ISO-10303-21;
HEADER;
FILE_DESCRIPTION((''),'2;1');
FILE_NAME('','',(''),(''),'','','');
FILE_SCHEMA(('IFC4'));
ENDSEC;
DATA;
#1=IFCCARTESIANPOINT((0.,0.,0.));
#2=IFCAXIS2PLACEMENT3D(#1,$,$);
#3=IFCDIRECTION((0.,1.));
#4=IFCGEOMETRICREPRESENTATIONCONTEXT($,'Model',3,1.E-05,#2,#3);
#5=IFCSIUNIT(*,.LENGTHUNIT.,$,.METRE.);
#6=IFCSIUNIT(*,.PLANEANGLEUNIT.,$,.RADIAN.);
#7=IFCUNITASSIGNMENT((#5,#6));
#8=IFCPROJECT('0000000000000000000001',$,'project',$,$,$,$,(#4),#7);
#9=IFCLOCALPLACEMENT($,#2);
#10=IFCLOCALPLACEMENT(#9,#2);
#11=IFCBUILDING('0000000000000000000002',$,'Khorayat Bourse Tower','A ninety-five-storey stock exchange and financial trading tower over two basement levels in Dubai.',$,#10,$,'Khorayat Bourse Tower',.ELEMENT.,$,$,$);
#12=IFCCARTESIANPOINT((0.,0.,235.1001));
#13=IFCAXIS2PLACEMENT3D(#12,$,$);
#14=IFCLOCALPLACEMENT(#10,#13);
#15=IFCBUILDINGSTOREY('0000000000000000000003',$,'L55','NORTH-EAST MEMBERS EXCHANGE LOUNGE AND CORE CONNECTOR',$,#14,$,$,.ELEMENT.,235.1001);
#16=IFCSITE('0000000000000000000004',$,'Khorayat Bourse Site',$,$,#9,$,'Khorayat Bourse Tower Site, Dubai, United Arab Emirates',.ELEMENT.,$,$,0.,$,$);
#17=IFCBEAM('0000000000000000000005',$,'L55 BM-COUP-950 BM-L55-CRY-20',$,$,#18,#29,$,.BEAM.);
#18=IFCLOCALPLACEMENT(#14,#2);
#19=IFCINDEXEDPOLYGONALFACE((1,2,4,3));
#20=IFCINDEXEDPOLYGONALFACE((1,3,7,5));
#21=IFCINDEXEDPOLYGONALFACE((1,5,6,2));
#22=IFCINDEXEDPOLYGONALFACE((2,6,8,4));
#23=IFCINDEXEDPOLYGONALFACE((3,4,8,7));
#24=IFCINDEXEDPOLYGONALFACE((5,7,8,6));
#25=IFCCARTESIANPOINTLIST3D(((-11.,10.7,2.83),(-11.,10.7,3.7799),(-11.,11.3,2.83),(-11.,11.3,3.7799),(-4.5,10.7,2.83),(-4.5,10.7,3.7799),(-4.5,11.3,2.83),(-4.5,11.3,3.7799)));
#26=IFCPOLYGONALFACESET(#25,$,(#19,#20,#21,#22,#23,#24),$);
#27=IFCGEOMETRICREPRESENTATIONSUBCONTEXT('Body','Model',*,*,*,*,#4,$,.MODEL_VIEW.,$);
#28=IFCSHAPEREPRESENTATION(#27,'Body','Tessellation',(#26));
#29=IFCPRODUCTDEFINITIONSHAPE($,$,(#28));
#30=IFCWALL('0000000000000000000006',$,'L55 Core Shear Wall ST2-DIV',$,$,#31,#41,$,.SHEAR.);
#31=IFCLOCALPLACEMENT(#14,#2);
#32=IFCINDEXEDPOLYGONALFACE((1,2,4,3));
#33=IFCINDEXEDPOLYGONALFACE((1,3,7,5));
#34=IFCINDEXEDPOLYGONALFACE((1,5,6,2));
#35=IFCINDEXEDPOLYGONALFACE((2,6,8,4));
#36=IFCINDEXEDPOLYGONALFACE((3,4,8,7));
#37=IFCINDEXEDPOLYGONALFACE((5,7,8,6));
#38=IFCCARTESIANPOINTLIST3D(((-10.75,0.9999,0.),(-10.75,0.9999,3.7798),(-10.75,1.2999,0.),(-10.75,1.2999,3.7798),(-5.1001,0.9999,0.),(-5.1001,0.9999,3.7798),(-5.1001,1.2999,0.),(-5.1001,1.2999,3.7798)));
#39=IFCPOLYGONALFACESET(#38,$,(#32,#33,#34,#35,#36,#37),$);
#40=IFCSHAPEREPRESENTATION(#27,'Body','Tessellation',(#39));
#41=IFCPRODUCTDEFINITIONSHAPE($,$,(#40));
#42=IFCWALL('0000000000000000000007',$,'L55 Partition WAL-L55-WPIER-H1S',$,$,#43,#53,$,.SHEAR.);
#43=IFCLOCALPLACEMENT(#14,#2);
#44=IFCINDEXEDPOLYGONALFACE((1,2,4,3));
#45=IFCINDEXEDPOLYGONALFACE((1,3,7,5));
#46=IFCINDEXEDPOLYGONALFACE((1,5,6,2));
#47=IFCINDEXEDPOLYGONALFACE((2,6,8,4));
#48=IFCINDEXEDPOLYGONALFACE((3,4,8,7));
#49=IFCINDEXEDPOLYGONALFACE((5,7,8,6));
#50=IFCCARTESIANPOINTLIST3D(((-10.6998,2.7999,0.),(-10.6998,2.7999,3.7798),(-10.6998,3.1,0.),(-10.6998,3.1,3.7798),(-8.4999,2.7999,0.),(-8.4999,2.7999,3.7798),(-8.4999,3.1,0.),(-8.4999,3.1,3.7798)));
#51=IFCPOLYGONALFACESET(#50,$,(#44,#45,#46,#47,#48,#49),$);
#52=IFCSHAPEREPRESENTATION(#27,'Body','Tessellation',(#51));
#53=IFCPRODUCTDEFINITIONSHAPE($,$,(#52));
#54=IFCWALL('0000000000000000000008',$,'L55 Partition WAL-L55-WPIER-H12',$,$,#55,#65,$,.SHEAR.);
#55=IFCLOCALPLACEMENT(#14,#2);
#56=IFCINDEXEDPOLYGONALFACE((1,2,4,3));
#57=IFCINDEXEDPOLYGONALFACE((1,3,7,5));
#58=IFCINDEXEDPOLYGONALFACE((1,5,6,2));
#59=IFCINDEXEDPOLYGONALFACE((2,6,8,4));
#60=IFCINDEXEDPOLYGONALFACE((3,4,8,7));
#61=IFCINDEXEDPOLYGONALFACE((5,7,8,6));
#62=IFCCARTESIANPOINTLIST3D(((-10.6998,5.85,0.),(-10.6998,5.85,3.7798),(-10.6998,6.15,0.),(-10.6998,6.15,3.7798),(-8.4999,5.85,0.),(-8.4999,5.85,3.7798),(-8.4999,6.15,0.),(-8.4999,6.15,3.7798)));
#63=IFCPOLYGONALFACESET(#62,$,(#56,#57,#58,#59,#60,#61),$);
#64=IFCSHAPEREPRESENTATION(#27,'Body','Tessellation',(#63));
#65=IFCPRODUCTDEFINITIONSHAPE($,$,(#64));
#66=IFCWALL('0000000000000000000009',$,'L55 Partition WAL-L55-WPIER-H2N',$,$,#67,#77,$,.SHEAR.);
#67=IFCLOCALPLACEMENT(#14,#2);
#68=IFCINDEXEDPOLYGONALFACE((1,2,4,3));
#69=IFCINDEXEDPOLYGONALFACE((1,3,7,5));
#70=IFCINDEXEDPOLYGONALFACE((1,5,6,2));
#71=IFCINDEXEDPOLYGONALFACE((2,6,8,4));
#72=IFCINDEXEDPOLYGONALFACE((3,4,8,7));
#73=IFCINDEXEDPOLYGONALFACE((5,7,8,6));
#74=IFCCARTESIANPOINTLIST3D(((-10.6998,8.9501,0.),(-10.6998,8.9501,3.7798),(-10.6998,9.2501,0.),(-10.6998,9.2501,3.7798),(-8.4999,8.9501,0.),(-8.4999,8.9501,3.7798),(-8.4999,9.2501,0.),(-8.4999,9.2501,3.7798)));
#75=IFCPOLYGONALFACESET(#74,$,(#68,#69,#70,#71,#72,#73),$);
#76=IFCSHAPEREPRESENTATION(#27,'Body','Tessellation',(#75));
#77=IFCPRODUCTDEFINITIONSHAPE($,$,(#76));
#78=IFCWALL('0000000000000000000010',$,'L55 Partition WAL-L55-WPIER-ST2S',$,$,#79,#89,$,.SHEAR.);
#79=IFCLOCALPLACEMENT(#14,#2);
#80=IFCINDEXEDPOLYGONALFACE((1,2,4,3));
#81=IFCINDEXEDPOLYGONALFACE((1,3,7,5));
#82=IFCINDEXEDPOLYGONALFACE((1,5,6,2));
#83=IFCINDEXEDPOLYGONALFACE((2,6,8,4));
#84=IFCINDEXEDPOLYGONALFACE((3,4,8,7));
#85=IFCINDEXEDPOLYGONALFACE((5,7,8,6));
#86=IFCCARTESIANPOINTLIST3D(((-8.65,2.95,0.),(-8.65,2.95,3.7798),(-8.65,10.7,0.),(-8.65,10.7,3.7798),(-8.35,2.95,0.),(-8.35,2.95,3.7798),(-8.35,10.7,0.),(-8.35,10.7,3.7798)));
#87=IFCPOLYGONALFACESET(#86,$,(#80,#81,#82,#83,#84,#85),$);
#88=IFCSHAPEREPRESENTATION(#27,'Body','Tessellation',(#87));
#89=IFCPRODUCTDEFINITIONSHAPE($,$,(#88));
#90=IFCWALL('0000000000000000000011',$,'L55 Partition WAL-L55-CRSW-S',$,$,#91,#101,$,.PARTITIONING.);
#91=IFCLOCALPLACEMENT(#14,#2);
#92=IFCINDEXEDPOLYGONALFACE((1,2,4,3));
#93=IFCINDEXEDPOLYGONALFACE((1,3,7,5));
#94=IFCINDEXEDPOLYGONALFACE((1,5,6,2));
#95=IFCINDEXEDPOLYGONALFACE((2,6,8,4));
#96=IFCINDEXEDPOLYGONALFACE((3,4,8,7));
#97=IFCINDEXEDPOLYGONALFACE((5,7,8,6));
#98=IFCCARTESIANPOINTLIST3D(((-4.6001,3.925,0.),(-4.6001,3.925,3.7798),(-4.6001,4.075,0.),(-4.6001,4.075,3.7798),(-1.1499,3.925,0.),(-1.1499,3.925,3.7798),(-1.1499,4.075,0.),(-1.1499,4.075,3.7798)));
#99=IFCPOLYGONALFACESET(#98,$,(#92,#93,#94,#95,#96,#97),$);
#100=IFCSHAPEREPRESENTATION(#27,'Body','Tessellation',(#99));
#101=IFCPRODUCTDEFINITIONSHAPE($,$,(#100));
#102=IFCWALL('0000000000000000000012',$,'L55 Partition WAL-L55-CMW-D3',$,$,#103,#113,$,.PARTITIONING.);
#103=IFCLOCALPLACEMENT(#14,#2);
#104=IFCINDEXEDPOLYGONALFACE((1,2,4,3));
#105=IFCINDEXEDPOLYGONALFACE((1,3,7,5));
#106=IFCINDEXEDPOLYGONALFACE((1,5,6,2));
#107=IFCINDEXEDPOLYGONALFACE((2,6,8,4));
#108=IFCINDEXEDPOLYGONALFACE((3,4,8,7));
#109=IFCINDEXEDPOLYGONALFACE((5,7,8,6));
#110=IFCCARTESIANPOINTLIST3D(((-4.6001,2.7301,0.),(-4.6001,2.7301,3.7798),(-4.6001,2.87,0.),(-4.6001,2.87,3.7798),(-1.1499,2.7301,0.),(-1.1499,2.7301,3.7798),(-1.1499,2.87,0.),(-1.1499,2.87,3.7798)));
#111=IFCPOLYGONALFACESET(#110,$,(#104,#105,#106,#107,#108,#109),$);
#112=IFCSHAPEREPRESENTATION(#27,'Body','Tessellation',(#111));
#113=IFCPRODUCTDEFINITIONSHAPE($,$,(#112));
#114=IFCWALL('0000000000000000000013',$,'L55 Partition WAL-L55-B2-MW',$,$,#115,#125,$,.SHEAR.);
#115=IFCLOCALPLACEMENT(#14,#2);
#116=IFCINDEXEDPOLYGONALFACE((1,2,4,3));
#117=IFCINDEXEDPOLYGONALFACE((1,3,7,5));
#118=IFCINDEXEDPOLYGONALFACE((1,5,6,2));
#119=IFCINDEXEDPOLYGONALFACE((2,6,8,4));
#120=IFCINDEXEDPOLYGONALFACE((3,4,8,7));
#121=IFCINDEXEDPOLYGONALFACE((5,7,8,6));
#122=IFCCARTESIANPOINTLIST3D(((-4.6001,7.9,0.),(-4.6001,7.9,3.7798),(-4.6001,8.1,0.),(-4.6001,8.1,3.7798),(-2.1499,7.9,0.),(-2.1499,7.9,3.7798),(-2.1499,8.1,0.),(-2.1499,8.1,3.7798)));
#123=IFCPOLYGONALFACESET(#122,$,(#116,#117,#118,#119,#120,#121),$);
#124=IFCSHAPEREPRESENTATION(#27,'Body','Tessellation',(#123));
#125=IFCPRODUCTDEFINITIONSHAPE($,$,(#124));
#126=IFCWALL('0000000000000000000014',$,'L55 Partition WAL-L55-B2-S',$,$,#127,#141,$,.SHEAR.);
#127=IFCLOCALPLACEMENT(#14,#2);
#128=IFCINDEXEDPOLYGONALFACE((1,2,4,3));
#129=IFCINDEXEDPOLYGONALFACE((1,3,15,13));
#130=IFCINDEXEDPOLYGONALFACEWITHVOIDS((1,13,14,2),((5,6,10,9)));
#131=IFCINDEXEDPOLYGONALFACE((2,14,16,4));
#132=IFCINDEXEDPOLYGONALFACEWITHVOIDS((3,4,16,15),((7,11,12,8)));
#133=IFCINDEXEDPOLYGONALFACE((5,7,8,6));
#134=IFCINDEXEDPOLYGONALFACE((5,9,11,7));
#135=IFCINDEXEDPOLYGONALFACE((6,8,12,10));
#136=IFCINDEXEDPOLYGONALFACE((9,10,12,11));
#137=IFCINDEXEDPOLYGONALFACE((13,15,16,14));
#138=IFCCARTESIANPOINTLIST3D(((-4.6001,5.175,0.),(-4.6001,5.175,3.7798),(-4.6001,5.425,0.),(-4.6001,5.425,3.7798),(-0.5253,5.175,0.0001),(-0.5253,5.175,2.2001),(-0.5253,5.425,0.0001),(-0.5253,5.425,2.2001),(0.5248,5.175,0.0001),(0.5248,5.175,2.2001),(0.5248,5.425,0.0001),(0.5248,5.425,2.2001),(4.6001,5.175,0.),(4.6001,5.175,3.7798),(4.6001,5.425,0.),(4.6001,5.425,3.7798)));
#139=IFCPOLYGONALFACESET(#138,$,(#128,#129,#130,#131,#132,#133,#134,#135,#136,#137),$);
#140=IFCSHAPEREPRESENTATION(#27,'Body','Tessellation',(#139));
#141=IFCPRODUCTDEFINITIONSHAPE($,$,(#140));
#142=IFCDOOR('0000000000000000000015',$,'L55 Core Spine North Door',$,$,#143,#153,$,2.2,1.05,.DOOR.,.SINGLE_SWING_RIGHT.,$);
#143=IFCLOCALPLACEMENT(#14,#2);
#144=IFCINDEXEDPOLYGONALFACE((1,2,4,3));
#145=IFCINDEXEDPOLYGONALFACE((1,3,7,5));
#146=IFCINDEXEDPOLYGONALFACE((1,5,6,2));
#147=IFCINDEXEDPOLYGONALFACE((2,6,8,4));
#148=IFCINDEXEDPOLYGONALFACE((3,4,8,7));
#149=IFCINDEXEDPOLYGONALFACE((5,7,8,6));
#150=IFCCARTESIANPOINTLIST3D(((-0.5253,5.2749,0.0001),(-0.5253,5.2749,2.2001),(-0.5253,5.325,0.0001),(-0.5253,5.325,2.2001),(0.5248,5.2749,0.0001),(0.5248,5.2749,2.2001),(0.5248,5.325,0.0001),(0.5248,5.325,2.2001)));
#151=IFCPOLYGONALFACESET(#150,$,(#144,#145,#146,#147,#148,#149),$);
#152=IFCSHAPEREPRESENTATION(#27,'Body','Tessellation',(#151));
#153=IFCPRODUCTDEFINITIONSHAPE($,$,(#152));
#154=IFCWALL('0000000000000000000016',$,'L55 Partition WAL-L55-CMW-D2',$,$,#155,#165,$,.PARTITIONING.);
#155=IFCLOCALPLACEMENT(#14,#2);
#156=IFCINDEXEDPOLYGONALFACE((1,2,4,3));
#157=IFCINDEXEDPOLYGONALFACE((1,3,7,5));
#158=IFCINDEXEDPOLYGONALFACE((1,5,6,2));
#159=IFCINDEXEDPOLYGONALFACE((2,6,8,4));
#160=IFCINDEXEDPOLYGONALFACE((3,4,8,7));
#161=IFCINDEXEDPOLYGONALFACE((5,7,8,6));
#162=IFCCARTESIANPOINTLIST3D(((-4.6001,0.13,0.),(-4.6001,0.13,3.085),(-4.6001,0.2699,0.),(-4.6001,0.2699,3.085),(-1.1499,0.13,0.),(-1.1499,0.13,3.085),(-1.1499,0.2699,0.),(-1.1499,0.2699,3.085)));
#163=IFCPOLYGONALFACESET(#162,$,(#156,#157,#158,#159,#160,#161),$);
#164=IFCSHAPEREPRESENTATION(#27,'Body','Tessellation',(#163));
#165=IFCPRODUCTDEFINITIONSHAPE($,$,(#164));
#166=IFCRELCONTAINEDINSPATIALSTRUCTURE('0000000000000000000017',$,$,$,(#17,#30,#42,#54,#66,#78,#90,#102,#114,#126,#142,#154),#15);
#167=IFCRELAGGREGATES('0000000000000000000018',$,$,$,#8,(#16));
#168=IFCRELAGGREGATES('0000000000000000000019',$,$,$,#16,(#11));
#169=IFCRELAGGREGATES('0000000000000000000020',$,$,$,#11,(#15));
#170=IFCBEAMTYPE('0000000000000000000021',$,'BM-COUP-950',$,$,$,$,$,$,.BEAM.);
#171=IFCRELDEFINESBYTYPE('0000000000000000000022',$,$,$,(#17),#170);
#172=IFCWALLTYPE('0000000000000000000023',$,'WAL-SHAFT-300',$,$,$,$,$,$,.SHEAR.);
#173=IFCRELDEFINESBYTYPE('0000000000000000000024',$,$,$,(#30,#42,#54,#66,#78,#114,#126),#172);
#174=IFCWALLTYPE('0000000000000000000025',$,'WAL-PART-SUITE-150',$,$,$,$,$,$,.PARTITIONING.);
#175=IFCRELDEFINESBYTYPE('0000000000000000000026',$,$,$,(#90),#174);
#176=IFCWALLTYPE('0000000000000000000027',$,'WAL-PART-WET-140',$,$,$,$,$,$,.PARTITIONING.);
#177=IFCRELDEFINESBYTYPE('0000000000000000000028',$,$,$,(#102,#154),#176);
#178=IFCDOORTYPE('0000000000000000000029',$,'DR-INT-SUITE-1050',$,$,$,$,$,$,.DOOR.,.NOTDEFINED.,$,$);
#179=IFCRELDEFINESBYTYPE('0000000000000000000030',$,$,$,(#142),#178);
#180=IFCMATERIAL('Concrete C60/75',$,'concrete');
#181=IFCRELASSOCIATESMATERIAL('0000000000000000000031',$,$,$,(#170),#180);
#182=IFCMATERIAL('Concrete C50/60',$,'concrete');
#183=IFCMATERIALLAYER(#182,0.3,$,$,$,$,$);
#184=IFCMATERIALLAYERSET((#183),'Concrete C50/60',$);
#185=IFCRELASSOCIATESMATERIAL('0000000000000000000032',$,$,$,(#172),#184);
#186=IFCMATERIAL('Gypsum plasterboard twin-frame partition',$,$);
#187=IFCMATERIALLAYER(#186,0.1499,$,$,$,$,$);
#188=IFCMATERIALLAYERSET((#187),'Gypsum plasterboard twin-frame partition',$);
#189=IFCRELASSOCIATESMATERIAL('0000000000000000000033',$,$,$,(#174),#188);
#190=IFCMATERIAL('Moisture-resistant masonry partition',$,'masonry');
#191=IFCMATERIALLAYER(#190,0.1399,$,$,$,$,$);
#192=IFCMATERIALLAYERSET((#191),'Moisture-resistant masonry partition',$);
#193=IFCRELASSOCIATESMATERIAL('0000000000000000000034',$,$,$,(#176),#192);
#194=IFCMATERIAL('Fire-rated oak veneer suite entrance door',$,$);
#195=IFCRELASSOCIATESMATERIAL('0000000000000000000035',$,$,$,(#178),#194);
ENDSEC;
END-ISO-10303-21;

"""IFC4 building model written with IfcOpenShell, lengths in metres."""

from ifc_helpers import new_model, si_unit, direction, frame, frame_2d, origin, origin_2d, place, context, subcontext, project, spatial, rectangle, extrude, source, transform, mapped, material, layer, layer_set, material_profile, profile_set, type_object, element, fill, save


model = new_model("IFC4")

# Units and contexts
model_context = context("Model", 3, precision=1e-05, world=origin(), true_north=direction((0.0, 1.0)))
body_context = subcontext(model_context, "Body", "Model", "MODEL_VIEW")
ifc_project = project(units=[si_unit("LENGTHUNIT", "METRE"), si_unit("PLANEANGLEUNIT", "RADIAN")], contexts=[model_context])

# Site, building, storey
site_placement = place(None, origin())
site = spatial("IfcSite", under=ifc_project, at=site_placement, Name="Khorayat Bourse Site", LongName="Khorayat Bourse Tower Site, Dubai, United Arab Emirates", CompositionType="ELEMENT", RefElevation=0.0)
building_placement = place(site_placement, origin())
building = spatial("IfcBuilding", under=site, at=building_placement, Name="Khorayat Bourse Tower", Description="A ninety-five-storey stock exchange and financial trading tower over two basement levels in Dubai.", LongName="Khorayat Bourse Tower", CompositionType="ELEMENT")
storey_placement = place(building_placement, frame((0.0, 0.0, 235.1001)))
storey = spatial("IfcBuildingStorey", under=building, at=storey_placement, Name="L55", Description="NORTH-EAST MEMBERS EXCHANGE LOUNGE AND CORE CONNECTOR", CompositionType="ELEMENT", Elevation=235.1001)

# Shared definitions
ifc_material_1 = material(Name="Concrete C60/75", Category="concrete")

# Beam
ifc_material_profile_1 = material_profile(ifc_material_1, rectangle(XDim=0.6001, YDim=0.95, at=origin_2d()), Name="RC 600x950")
ifc_profile_set_1 = profile_set([ifc_material_profile_1], Name="Concrete C60/75")
beam_type_1 = type_object("IfcBeamType", Name="BM-COUP-950", PredefinedType="BEAM", material=ifc_profile_set_1)
shared_shape_1 = source(origin(), body_context, "Body", "SweptSolid", [
    extrude(rectangle(XDim=0.6001, YDim=0.95, at=origin_2d()), origin(), (0.0, 0.0, 1.0), 6.5),
])
beam_1_placement = place(storey_placement, frame((-11.0, 11.0, 3.3049), z_axis=(1.0, 0.0, 0.0), x_axis=(0.0, 1.0, 0.0)))
element("IfcBeam", 1, at=beam_1_placement, inside=storey, type_object=beam_type_1, Name="L55 BM-COUP-950 BM-L55-CRY-20", PredefinedType="BEAM", context=body_context, shape_type="MappedRepresentation", body=[
    mapped(shared_shape_1, transform((0.0, 0.0, 0.0), scale=1.0)),
])

# Walls
ifc_material_2 = material(Name="Concrete C50/60", Category="concrete")
ifc_layer_1 = layer(ifc_material_2, 0.3)
ifc_layer_set_1 = layer_set([ifc_layer_1], Name="Concrete C50/60")
wall_type_1 = type_object("IfcWallType", Name="WAL-SHAFT-300", PredefinedType="SHEAR", material=ifc_layer_set_1)
shared_shape_2 = source(origin(), body_context, "Body", "SweptSolid", [
    extrude(rectangle(XDim=5.6499, YDim=0.3, at=frame_2d((2.825, 0.0))), origin(), (0.0, 0.0, 1.0), 3.7798),
])
wall_1_placement = place(storey_placement, frame((-10.75, 1.1499, 0.0), z_axis=(0.0, 0.0, 1.0), x_axis=(1.0, 0.0, 0.0)))
element("IfcWall", 2, at=wall_1_placement, inside=storey, type_object=wall_type_1, Name="L55 Core Shear Wall ST2-DIV", PredefinedType="SHEAR", context=body_context, shape_type="MappedRepresentation", body=[
    mapped(shared_shape_2, transform((0.0, 0.0, 0.0), scale=1.0)),
])
shared_shape_3 = source(origin(), body_context, "Body", "SweptSolid", [
    extrude(rectangle(XDim=2.2, YDim=0.3, at=frame_2d((1.1001, 0.0))), origin(), (0.0, 0.0, 1.0), 3.7798),
])
for number, where, z_axis, x_axis, name in (
    (3, (-10.7, 2.95, 0.0), (0.0, 0.0, 1.0), (1.0, 0.0, 0.0), "L55 Partition WAL-L55-WPIER-H1S"),
    (4, (-10.7, 6.0, 0.0), (0.0, 0.0, 1.0), (1.0, 0.0, 0.0), "L55 Partition WAL-L55-WPIER-H12"),
    (5, (-10.7, 9.1001, 0.0), (0.0, 0.0, 1.0), (1.0, 0.0, 0.0), "L55 Partition WAL-L55-WPIER-H2N"),
):
    element("IfcWall", number, at=place(storey_placement, frame(where, z_axis=z_axis, x_axis=x_axis)), inside=storey, type_object=wall_type_1, Name=name, PredefinedType="SHEAR", context=body_context, shape_type="MappedRepresentation", body=[
        mapped(shared_shape_3, transform((0.0, 0.0, 0.0), scale=1.0)),
    ])
shared_shape_4 = source(origin(), body_context, "Body", "SweptSolid", [
    extrude(rectangle(XDim=7.75, YDim=0.3, at=frame_2d((3.875, 0.0))), origin(), (0.0, 0.0, 1.0), 3.7798),
])
wall_2_placement = place(storey_placement, frame((-8.5, 2.95, 0.0), z_axis=(0.0, 0.0, 1.0), x_axis=(0.0, 1.0, 0.0)))
element("IfcWall", 6, at=wall_2_placement, inside=storey, type_object=wall_type_1, Name="L55 Partition WAL-L55-WPIER-ST2S", PredefinedType="SHEAR", context=body_context, shape_type="MappedRepresentation", body=[
    mapped(shared_shape_4, transform((0.0, 0.0, 0.0), scale=1.0)),
])
ifc_material_3 = material(Name="Gypsum plasterboard twin-frame partition")
ifc_layer_2 = layer(ifc_material_3, 0.1499)
ifc_layer_set_2 = layer_set([ifc_layer_2], Name="Gypsum plasterboard twin-frame partition")
wall_type_2 = type_object("IfcWallType", Name="WAL-PART-SUITE-150", PredefinedType="PARTITIONING", material=ifc_layer_set_2)
shared_shape_5 = source(origin(), body_context, "Body", "SweptSolid", [
    extrude(rectangle(XDim=3.4502, YDim=0.1499, at=frame_2d((1.7251, 0.0))), origin(), (0.0, 0.0, 1.0), 3.7798),
])
wall_3_placement = place(storey_placement, frame((-4.6001, 4.0, 0.0), z_axis=(0.0, 0.0, 1.0), x_axis=(1.0, 0.0, 0.0)))
element("IfcWall", 7, at=wall_3_placement, inside=storey, type_object=wall_type_2, Name="L55 Partition WAL-L55-CRSW-S", PredefinedType="PARTITIONING", context=body_context, shape_type="MappedRepresentation", body=[
    mapped(shared_shape_5, transform((0.0, 0.0, 0.0), scale=1.0)),
])
ifc_material_4 = material(Name="Moisture-resistant masonry partition", Category="masonry")
ifc_layer_3 = layer(ifc_material_4, 0.1399)
ifc_layer_set_3 = layer_set([ifc_layer_3], Name="Moisture-resistant masonry partition")
wall_type_3 = type_object("IfcWallType", Name="WAL-PART-WET-140", PredefinedType="PARTITIONING", material=ifc_layer_set_3)
shared_shape_6 = source(origin(), body_context, "Body", "SweptSolid", [
    extrude(rectangle(XDim=3.4502, YDim=0.1399, at=frame_2d((1.7251, 0.0))), origin(), (0.0, 0.0, 1.0), 3.7798),
])
wall_4_placement = place(storey_placement, frame((-4.6001, 2.8, 0.0), z_axis=(0.0, 0.0, 1.0), x_axis=(1.0, 0.0, 0.0)))
element("IfcWall", 8, at=wall_4_placement, inside=storey, type_object=wall_type_3, Name="L55 Partition WAL-L55-CMW-D3", PredefinedType="PARTITIONING", context=body_context, shape_type="MappedRepresentation", body=[
    mapped(shared_shape_6, transform((0.0, 0.0, 0.0), scale=1.0)),
])
shared_shape_7 = source(origin(), body_context, "Body", "SweptSolid", [
    extrude(rectangle(XDim=2.4502, YDim=0.2, at=frame_2d((1.2251, 0.0))), origin(), (0.0, 0.0, 1.0), 3.7798),
])
wall_5_placement = place(storey_placement, frame((-4.6001, 8.0, 0.0), z_axis=(0.0, 0.0, 1.0), x_axis=(1.0, 0.0, 0.0)))
element("IfcWall", 9, at=wall_5_placement, inside=storey, type_object=wall_type_1, Name="L55 Partition WAL-L55-B2-MW", PredefinedType="SHEAR", context=body_context, shape_type="MappedRepresentation", body=[
    mapped(shared_shape_7, transform((0.0, 0.0, 0.0), scale=1.0)),
])

# Wall, opening, door
shared_shape_8 = source(origin(), body_context, "Body", "SweptSolid", [
    extrude(rectangle(XDim=9.2002, YDim=0.25, at=frame_2d((4.6001, 0.0))), origin(), (0.0, 0.0, 1.0), 3.7798),
])
wall_6_placement = place(storey_placement, frame((-4.6001, 5.3, 0.0), z_axis=(0.0, 0.0, 1.0), x_axis=(1.0, 0.0, 0.0)))
wall_6 = element("IfcWall", 10, at=wall_6_placement, inside=storey, type_object=wall_type_1, Name="L55 Partition WAL-L55-B2-S", PredefinedType="SHEAR", context=body_context, shape_type="MappedRepresentation", body=[
    mapped(shared_shape_8, transform((0.0, 0.0, 0.0), scale=1.0)),
])
shared_shape_9 = source(origin(), body_context, "Body", "SweptSolid", [
    extrude(rectangle(XDim=1.05, YDim=2.2, at=frame_2d((0.5249, 1.1001))), frame((0.0, 0.135, 0.0), z_axis=(0.0, -1.0, 0.0), x_axis=(1.0, 0.0, 0.0)), (0.0, 0.0, 1.0), 0.27),
])
opening_placement = place(wall_6_placement, frame((4.075, 0.0, 0.0)))
opening = element("IfcOpeningElement", 11, at=opening_placement, cuts=wall_6, PredefinedType="OPENING", context=body_context, shape_type="MappedRepresentation", body=[
    mapped(shared_shape_9, transform((0.0, 0.0, 0.0), scale=1.0)),
])
ifc_material_5 = material(Name="Fire-rated oak veneer suite entrance door")
door_type = type_object("IfcDoorType", Name="DR-INT-SUITE-1050", OperationType="NOTDEFINED", PredefinedType="DOOR", material=ifc_material_5)
shared_shape_10 = source(origin(), body_context, "Body", "SweptSolid", [
    extrude(rectangle(XDim=1.05, YDim=2.2, at=frame_2d((0.5249, 1.1001))), frame((0.0, 0.0249, 0.0), z_axis=(0.0, -1.0, 0.0), x_axis=(1.0, 0.0, 0.0)), (0.0, 0.0, 1.0), 0.05),
])
door_placement = place(opening_placement, origin())
door = element("IfcDoor", 12, at=door_placement, inside=storey, type_object=door_type, Name="L55 Core Spine North Door", OperationType="SINGLE_SWING_RIGHT", OverallHeight=2.2, OverallWidth=1.05, PredefinedType="DOOR", context=body_context, shape_type="MappedRepresentation", body=[
    mapped(shared_shape_10, transform((0.0, 0.0, 0.0), scale=1.0)),
])
fill(opening, door)

# Wall
shared_shape_11 = source(origin(), body_context, "Body", "SweptSolid", [
    extrude(rectangle(XDim=3.4502, YDim=0.1399, at=frame_2d((1.7251, 0.0))), origin(), (0.0, 0.0, 1.0), 3.085),
])
wall_7_placement = place(storey_placement, frame((-4.6001, 0.2, 0.0), z_axis=(0.0, 0.0, 1.0), x_axis=(1.0, 0.0, 0.0)))
element("IfcWall", 13, at=wall_7_placement, inside=storey, type_object=wall_type_3, Name="L55 Partition WAL-L55-CMW-D2", PredefinedType="PARTITIONING", context=body_context, shape_type="MappedRepresentation", body=[
    mapped(shared_shape_11, transform((0.0, 0.0, 0.0), scale=1.0)),
])

save(model, "model.ifc")
